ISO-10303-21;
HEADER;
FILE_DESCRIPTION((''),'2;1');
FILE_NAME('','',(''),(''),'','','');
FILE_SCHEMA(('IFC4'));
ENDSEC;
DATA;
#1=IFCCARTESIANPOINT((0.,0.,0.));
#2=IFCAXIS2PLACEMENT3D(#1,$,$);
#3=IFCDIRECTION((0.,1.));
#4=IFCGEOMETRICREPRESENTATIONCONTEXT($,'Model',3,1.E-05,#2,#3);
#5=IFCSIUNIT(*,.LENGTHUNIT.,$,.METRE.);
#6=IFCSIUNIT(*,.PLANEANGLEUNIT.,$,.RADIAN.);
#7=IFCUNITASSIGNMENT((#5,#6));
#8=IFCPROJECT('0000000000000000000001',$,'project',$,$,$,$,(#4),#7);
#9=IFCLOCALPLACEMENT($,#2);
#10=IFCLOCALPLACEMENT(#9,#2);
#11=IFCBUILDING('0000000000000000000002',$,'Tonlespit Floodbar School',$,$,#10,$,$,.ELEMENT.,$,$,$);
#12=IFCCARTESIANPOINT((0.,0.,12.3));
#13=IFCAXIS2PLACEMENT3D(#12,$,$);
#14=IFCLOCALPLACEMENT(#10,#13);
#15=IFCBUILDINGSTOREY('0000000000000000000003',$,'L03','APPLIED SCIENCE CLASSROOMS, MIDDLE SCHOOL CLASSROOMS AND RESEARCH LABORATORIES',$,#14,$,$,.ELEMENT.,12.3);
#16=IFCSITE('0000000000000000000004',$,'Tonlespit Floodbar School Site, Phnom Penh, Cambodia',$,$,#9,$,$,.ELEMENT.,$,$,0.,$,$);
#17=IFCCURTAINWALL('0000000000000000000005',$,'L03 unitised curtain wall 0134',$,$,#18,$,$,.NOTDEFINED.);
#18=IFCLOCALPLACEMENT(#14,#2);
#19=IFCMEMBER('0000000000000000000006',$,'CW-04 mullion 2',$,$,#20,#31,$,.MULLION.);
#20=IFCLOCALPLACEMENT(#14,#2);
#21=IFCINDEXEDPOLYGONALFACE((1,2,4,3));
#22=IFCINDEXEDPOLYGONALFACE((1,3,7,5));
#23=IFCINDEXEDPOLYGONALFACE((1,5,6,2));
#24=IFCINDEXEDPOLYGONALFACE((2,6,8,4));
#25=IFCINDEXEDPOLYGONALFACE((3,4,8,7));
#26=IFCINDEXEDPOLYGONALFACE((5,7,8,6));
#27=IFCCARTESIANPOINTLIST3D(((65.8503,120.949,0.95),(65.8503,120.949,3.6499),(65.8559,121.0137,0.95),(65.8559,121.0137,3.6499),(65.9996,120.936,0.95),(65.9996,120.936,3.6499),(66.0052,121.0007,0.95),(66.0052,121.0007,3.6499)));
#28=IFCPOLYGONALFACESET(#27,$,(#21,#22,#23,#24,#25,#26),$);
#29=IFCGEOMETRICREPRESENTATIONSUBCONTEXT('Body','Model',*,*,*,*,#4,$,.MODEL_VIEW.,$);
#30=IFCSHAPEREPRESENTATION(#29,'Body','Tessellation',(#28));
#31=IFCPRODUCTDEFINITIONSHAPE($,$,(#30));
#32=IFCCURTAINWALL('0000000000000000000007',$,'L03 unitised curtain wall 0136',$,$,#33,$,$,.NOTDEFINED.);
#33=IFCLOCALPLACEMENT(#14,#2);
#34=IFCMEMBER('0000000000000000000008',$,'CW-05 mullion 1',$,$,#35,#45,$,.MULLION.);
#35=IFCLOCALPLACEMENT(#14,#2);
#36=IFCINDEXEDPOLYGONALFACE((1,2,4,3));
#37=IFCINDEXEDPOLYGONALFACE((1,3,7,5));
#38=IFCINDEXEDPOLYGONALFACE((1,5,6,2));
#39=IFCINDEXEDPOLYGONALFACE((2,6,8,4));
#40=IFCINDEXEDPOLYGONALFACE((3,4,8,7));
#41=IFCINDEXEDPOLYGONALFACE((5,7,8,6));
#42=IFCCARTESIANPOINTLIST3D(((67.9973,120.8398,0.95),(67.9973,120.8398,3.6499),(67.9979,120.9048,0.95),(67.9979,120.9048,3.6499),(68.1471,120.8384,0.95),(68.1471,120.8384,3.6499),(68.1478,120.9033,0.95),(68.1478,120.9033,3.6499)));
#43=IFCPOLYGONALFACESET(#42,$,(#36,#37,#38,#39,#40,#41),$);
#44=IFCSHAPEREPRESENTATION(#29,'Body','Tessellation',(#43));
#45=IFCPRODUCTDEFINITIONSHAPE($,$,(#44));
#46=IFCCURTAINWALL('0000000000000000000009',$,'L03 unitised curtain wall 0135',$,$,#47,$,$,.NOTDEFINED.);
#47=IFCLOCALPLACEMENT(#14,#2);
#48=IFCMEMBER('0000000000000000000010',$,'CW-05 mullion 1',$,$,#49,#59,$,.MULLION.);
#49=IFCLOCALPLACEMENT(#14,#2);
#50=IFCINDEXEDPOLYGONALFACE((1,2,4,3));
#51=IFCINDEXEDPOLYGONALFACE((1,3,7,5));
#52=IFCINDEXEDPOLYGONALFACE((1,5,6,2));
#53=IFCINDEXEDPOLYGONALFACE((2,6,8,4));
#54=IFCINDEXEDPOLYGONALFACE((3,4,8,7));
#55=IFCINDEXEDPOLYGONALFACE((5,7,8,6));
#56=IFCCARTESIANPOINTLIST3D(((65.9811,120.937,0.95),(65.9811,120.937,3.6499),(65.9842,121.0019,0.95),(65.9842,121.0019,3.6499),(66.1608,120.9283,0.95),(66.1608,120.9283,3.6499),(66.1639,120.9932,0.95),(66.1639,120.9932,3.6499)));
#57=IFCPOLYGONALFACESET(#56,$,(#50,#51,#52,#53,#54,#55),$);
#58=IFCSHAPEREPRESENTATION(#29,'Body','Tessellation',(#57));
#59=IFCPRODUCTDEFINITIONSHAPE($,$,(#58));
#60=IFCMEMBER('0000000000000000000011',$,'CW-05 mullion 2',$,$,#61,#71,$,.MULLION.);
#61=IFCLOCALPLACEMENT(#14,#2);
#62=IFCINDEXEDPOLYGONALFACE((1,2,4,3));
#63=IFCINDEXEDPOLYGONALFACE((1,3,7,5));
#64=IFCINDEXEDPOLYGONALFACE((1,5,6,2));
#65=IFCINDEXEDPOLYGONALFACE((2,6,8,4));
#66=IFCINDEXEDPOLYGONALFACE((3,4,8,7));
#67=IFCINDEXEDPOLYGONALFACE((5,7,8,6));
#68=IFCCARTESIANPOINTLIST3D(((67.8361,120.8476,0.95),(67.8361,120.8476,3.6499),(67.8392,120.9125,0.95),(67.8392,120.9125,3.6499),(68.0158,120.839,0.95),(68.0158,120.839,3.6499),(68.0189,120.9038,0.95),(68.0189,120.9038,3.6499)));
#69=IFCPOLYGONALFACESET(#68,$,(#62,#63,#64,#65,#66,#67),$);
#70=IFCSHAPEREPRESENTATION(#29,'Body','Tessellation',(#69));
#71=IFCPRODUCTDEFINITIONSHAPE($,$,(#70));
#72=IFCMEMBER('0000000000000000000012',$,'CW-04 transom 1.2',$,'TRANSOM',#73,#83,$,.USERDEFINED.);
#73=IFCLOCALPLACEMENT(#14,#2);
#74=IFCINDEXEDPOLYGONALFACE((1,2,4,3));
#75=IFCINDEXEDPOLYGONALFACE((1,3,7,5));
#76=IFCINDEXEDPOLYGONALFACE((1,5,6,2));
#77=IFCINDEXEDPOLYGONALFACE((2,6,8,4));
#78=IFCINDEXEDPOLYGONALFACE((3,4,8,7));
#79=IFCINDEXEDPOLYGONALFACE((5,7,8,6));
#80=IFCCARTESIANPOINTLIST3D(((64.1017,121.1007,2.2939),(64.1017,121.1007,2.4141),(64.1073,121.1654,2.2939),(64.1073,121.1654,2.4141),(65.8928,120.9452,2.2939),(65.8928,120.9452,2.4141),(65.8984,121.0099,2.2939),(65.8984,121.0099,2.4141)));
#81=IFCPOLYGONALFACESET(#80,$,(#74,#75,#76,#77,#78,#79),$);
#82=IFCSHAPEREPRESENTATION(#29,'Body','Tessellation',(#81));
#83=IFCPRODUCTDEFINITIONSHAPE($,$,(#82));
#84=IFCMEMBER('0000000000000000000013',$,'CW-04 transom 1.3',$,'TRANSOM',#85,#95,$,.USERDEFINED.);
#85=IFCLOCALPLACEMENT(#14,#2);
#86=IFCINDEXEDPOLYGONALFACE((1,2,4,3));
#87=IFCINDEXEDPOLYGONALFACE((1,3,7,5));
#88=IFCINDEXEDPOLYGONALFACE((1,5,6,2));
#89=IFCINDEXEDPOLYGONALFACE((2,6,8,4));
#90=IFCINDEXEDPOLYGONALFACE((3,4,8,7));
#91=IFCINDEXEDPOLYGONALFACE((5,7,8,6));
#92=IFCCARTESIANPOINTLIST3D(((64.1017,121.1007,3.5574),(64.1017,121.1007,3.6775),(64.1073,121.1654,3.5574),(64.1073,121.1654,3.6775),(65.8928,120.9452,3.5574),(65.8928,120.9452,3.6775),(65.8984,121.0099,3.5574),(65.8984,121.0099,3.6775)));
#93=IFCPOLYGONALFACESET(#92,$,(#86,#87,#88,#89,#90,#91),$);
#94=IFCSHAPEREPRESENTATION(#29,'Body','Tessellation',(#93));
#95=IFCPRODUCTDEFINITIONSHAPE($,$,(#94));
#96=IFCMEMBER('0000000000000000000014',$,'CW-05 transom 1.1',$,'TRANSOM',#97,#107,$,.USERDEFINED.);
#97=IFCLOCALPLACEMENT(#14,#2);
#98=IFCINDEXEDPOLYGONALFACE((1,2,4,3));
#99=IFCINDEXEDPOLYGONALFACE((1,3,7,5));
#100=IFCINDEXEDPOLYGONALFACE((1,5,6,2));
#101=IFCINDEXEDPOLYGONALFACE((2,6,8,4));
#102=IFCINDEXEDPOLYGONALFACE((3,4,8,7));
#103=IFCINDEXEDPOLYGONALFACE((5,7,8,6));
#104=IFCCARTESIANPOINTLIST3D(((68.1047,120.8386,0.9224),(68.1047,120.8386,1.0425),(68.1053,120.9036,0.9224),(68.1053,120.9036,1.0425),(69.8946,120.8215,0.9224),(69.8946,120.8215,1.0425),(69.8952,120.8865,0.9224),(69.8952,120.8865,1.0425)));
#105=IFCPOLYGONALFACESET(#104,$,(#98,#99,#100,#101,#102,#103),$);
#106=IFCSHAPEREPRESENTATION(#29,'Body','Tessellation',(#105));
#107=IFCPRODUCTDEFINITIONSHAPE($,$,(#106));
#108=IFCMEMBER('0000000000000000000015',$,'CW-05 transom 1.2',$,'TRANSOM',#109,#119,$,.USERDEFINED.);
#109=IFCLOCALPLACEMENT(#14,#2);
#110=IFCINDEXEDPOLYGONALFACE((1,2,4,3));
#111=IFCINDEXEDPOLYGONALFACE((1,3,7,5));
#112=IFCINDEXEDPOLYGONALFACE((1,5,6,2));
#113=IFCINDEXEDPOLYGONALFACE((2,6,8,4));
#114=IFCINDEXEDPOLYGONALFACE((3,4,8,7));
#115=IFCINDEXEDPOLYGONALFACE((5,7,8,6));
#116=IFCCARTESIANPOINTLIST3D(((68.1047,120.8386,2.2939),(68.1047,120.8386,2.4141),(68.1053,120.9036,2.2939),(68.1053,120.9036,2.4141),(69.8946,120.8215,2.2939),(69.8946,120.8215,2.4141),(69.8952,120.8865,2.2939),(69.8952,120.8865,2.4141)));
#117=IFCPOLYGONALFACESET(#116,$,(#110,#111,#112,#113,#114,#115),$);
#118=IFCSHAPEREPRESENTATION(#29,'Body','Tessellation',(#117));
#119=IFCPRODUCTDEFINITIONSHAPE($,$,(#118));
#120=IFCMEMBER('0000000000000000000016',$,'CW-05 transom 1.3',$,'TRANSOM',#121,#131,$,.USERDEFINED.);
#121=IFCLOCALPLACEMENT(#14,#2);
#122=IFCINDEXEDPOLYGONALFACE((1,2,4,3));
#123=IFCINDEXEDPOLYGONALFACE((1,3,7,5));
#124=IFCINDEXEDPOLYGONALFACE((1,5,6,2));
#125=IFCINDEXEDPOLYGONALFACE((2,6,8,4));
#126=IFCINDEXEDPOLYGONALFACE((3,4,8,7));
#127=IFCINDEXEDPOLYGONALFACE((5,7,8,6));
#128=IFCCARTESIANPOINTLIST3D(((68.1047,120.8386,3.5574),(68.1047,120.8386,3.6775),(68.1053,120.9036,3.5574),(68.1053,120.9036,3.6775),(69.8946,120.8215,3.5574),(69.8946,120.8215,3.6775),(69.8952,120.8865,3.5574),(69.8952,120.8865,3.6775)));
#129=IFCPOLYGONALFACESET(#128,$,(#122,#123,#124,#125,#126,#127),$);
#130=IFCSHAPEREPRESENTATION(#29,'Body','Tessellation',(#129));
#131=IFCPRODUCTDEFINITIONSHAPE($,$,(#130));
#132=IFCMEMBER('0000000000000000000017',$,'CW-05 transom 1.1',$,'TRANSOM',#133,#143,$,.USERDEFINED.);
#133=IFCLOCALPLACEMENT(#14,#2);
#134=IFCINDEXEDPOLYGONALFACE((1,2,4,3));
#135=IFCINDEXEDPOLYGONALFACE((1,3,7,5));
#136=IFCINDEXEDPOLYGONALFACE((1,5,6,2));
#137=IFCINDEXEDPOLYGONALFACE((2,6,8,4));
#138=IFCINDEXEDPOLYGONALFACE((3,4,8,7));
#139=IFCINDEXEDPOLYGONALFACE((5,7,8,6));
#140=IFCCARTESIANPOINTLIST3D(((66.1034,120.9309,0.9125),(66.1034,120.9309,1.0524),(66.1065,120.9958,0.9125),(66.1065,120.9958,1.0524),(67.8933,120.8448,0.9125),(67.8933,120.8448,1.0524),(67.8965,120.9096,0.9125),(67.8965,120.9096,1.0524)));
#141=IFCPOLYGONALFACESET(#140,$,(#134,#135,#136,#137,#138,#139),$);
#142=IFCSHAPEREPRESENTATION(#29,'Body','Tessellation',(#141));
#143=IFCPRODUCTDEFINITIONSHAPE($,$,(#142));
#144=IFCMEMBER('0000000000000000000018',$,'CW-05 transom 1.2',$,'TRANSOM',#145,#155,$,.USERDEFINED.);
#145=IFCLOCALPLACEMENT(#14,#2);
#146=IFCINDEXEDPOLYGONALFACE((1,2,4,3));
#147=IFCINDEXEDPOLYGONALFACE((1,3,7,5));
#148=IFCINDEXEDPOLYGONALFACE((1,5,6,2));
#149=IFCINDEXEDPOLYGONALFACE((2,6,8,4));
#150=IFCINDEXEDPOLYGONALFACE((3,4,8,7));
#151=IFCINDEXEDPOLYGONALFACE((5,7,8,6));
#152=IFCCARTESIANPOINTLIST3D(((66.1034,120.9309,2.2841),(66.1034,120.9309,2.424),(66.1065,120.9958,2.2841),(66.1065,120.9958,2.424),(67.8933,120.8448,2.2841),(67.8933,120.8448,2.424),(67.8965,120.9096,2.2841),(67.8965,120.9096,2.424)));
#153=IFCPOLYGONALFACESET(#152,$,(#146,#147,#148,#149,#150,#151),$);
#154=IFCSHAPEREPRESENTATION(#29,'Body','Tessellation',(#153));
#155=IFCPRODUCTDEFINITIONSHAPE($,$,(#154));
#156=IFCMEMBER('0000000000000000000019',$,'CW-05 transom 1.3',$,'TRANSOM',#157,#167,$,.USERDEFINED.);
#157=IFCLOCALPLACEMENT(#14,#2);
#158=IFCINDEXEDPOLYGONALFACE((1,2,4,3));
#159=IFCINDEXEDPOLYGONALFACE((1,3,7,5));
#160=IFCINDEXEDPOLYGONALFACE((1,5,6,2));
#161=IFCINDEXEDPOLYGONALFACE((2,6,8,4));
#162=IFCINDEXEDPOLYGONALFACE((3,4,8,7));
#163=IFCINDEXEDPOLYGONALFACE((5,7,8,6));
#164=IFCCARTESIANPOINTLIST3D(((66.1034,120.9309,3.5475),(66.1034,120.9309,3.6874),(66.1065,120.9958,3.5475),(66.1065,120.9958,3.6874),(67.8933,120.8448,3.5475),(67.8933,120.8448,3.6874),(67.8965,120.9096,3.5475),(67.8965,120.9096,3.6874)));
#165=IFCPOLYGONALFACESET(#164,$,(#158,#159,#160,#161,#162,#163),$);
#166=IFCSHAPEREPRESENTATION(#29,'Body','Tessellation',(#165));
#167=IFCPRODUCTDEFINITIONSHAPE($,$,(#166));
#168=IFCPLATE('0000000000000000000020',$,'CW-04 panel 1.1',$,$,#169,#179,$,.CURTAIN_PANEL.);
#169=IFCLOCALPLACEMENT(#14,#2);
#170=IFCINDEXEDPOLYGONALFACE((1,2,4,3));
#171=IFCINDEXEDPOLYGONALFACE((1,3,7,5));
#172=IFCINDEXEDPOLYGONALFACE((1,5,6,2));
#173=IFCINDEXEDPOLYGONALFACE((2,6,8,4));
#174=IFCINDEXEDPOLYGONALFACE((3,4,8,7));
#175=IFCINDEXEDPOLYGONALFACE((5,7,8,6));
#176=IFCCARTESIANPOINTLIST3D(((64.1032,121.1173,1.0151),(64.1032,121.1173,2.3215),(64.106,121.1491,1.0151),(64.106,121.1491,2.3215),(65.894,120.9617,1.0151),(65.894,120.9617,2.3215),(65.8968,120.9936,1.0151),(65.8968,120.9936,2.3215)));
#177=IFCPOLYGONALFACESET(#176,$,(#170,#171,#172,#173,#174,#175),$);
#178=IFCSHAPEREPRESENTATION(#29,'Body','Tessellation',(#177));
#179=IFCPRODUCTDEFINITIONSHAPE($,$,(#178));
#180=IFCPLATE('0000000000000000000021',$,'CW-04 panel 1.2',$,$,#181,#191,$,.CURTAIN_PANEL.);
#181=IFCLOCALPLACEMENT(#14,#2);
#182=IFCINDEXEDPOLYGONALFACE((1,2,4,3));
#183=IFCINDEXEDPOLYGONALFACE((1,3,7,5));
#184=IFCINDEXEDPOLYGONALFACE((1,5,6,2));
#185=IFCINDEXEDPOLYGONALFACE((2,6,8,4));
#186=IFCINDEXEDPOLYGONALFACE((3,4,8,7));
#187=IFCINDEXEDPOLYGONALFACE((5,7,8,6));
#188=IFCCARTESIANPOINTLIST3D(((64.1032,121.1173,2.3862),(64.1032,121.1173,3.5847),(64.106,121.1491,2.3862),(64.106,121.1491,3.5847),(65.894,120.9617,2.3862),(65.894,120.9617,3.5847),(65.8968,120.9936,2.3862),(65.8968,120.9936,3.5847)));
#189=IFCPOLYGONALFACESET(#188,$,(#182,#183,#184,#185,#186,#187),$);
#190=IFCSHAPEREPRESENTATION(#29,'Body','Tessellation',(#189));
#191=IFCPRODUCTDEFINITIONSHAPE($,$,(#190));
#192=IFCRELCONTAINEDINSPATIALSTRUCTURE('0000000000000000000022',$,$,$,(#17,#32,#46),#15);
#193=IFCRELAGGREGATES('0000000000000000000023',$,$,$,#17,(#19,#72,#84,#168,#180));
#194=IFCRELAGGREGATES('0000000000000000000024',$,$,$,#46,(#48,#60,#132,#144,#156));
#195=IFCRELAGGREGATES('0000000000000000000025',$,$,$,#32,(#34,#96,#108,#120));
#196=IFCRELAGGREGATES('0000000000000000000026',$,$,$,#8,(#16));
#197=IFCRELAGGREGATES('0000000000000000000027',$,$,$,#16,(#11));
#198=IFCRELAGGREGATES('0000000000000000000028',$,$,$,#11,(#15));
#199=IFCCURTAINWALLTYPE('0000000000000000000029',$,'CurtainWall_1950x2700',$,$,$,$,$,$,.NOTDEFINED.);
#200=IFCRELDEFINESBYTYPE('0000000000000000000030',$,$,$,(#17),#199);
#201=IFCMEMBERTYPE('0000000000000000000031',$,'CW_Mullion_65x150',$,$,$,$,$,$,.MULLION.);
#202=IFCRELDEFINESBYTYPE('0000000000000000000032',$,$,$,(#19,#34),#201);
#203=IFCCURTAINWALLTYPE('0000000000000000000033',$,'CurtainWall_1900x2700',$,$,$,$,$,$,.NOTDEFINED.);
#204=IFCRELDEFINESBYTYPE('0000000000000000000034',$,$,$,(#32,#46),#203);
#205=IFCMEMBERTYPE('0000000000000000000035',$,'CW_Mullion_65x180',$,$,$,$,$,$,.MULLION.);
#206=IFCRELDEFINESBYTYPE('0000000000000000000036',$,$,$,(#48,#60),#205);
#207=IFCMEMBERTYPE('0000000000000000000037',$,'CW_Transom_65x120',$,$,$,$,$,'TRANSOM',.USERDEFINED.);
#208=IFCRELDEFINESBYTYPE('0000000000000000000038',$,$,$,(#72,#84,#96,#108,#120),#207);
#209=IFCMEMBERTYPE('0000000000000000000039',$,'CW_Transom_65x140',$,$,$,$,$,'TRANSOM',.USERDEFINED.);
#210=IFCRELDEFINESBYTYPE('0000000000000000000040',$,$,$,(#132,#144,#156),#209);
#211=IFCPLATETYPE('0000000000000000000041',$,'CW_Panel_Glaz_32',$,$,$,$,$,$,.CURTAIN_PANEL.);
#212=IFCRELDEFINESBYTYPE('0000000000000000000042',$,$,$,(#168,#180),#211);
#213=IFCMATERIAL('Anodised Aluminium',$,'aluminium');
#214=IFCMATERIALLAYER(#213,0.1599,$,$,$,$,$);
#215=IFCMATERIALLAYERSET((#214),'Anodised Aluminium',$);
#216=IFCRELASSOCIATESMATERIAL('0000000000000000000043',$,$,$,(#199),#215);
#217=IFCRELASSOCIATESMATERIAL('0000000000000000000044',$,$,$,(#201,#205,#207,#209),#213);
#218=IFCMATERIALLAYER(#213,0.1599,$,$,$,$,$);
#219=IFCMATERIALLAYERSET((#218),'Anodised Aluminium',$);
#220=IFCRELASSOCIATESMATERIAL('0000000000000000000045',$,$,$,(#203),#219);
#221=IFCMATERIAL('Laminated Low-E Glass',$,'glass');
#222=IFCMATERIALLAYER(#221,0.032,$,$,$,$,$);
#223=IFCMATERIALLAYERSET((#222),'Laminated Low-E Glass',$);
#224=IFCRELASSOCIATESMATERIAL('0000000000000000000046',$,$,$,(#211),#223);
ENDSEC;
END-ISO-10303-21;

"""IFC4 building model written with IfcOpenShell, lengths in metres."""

from ifc_helpers import new_model, si_unit, direction, frame, origin, origin_2d, place, context, subcontext, project, spatial, rectangle, extrude, material, layer, layer_set, material_profile, profile_set, type_object, element, aggregate, save


model = new_model("IFC4")

# Units and contexts
model_context = context("Model", 3, precision=1e-05, world=origin(), true_north=direction((0.0, 1.0)))
body_context = subcontext(model_context, "Body", "Model", "MODEL_VIEW")
ifc_project = project(units=[si_unit("LENGTHUNIT", "METRE"), si_unit("PLANEANGLEUNIT", "RADIAN")], contexts=[model_context])

# Site, building, storey
site_placement = place(None, origin())
site = spatial("IfcSite", under=ifc_project, at=site_placement, Name="Tonlespit Floodbar School Site, Phnom Penh, Cambodia", CompositionType="ELEMENT", RefElevation=0.0)
building_placement = place(site_placement, origin())
building = spatial("IfcBuilding", under=site, at=building_placement, Name="Tonlespit Floodbar School", CompositionType="ELEMENT")
storey_placement = place(building_placement, frame((0.0, 0.0, 12.3)))
storey = spatial("IfcBuildingStorey", under=building, at=storey_placement, Name="L03", Description="APPLIED SCIENCE CLASSROOMS, MIDDLE SCHOOL CLASSROOMS AND RESEARCH LABORATORIES", CompositionType="ELEMENT", Elevation=12.3)

# Curtain walls, members
ifc_material_1 = material(Name="Anodised Aluminium", Category="aluminium")
ifc_layer_1 = layer(ifc_material_1, 0.1599)
ifc_layer_set_1 = layer_set([ifc_layer_1], Name="Anodised Aluminium")
curtain_wall_type_1 = type_object("IfcCurtainWallType", Name="CurtainWall_1950x2700", PredefinedType="NOTDEFINED", material=ifc_layer_set_1)
curtain_wall_1_placement = place(storey_placement, origin())
curtain_wall_1 = element("IfcCurtainWall", 1, at=curtain_wall_1_placement, inside=storey, type_object=curtain_wall_type_1, Name="L03 unitised curtain wall 0134", PredefinedType="NOTDEFINED")
ifc_material_profile_1 = material_profile(ifc_material_1, rectangle(XDim=0.0649, YDim=0.1499, at=origin_2d()), Name="ALU M65x150")
ifc_profile_set_1 = profile_set([ifc_material_profile_1], Name="Anodised Aluminium")
member_type_1 = type_object("IfcMemberType", Name="CW_Mullion_65x150", PredefinedType="MULLION", material=ifc_profile_set_1)
member_1_placement = place(storey_placement, frame((65.9277, 120.9749, 0.95), z_axis=(0.0, 0.0, 1.0), x_axis=(0.086531, 0.996249, 0.0)))
member_1 = element("IfcMember", 2, at=member_1_placement, type_object=member_type_1, Name="CW-04 mullion 2", PredefinedType="MULLION", context=body_context, shape_type="SweptSolid", body=[
    extrude(rectangle(XDim=0.0649, YDim=0.1499, at=origin_2d()), origin(), (0.0, 0.0, 1.0), 2.7),
])
ifc_layer_2 = layer(ifc_material_1, 0.1599)
ifc_layer_set_2 = layer_set([ifc_layer_2], Name="Anodised Aluminium")
curtain_wall_type_2 = type_object("IfcCurtainWallType", Name="CurtainWall_1900x2700", PredefinedType="NOTDEFINED", material=ifc_layer_set_2)
curtain_wall_2_placement = place(storey_placement, origin())
curtain_wall_2 = element("IfcCurtainWall", 3, at=curtain_wall_2_placement, inside=storey, type_object=curtain_wall_type_2, Name="L03 unitised curtain wall 0136", PredefinedType="NOTDEFINED")
member_2_placement = place(storey_placement, frame((68.0725, 120.8716, 0.95), z_axis=(0.0, 0.0, 1.0), x_axis=(0.009583, 0.999954, 0.0)))
member_2 = element("IfcMember", 4, at=member_2_placement, type_object=member_type_1, Name="CW-05 mullion 1", PredefinedType="MULLION", context=body_context, shape_type="SweptSolid", body=[
    extrude(rectangle(XDim=0.0649, YDim=0.1499, at=origin_2d()), origin(), (0.0, 0.0, 1.0), 2.7),
])

# Curtain wall, members
curtain_wall_3_placement = place(storey_placement, origin())
curtain_wall_3 = element("IfcCurtainWall", 5, at=curtain_wall_3_placement, inside=storey, type_object=curtain_wall_type_2, Name="L03 unitised curtain wall 0135", PredefinedType="NOTDEFINED")
ifc_material_profile_2 = material_profile(ifc_material_1, rectangle(XDim=0.0649, YDim=0.1799, at=origin_2d()), Name="ALU M65x180")
ifc_profile_set_2 = profile_set([ifc_material_profile_2], Name="Anodised Aluminium")
member_type_2 = type_object("IfcMemberType", Name="CW_Mullion_65x180", PredefinedType="MULLION", material=ifc_profile_set_2)
member_3_placement = place(storey_placement, frame((66.0725, 120.9651, 0.95), z_axis=(0.0, 0.0, 1.0), x_axis=(0.048121, 0.998842, 0.0)))
member_3 = element("IfcMember", 6, at=member_3_placement, type_object=member_type_2, Name="CW-05 mullion 1", PredefinedType="MULLION", context=body_context, shape_type="SweptSolid", body=[
    extrude(rectangle(XDim=0.0649, YDim=0.1799, at=origin_2d()), origin(), (0.0, 0.0, 1.0), 2.7),
])
member_4_placement = place(storey_placement, frame((67.9275, 120.8757, 0.95), z_axis=(0.0, 0.0, 1.0), x_axis=(0.048121, 0.998842, 0.0)))
member_4 = element("IfcMember", 7, at=member_4_placement, type_object=member_type_2, Name="CW-05 mullion 2", PredefinedType="MULLION", context=body_context, shape_type="SweptSolid", body=[
    extrude(rectangle(XDim=0.0649, YDim=0.1799, at=origin_2d()), origin(), (0.0, 0.0, 1.0), 2.7),
])

# Members
ifc_material_profile_3 = material_profile(ifc_material_1, rectangle(XDim=0.0649, YDim=0.1201, at=origin_2d()), Name="ALU T65x120")
ifc_profile_set_3 = profile_set([ifc_material_profile_3], Name="Anodised Aluminium")
member_type_3 = type_object("IfcMemberType", Name="CW_Transom_65x120", ElementType="TRANSOM", PredefinedType="USERDEFINED", material=ifc_profile_set_3)
member_5_placement = place(storey_placement, frame((64.1045, 121.1331, 2.354), z_axis=(0.996251, -0.086507, 0.0), x_axis=(0.086507, 0.996251, 0.0)))
member_5 = element("IfcMember", 8, at=member_5_placement, type_object=member_type_3, Name="CW-04 transom 1.2", ObjectType="TRANSOM", PredefinedType="USERDEFINED", context=body_context, shape_type="SweptSolid", body=[
    extrude(rectangle(XDim=0.0649, YDim=0.1201, at=origin_2d()), origin(), (0.0, 0.0, 1.0), 1.7979),
])
member_6_placement = place(storey_placement, frame((64.1045, 121.1331, 3.6174), z_axis=(0.996251, -0.086507, 0.0), x_axis=(0.086507, 0.996251, 0.0)))
member_6 = element("IfcMember", 9, at=member_6_placement, type_object=member_type_3, Name="CW-04 transom 1.3", ObjectType="TRANSOM", PredefinedType="USERDEFINED", context=body_context, shape_type="SweptSolid", body=[
    extrude(rectangle(XDim=0.0649, YDim=0.1201, at=origin_2d()), origin(), (0.0, 0.0, 1.0), 1.7979),
])
member_7_placement = place(storey_placement, frame((68.105, 120.8711, 0.9824), z_axis=(0.999954, -0.009547, 0.0), x_axis=(0.009547, 0.999954, 0.0)))
member_7 = element("IfcMember", 10, at=member_7_placement, type_object=member_type_3, Name="CW-05 transom 1.1", ObjectType="TRANSOM", PredefinedType="USERDEFINED", context=body_context, shape_type="SweptSolid", body=[
    extrude(rectangle(XDim=0.0649, YDim=0.1201, at=origin_2d()), origin(), (0.0, 0.0, 1.0), 1.79),
])
member_8_placement = place(storey_placement, frame((68.105, 120.8711, 2.354), z_axis=(0.999954, -0.009547, 0.0), x_axis=(0.009547, 0.999954, 0.0)))
member_8 = element("IfcMember", 11, at=member_8_placement, type_object=member_type_3, Name="CW-05 transom 1.2", ObjectType="TRANSOM", PredefinedType="USERDEFINED", context=body_context, shape_type="SweptSolid", body=[
    extrude(rectangle(XDim=0.0649, YDim=0.1201, at=origin_2d()), origin(), (0.0, 0.0, 1.0), 1.79),
])
member_9_placement = place(storey_placement, frame((68.105, 120.8711, 3.6174), z_axis=(0.999954, -0.009547, 0.0), x_axis=(0.009547, 0.999954, 0.0)))
member_9 = element("IfcMember", 12, at=member_9_placement, type_object=member_type_3, Name="CW-05 transom 1.3", ObjectType="TRANSOM", PredefinedType="USERDEFINED", context=body_context, shape_type="SweptSolid", body=[
    extrude(rectangle(XDim=0.0649, YDim=0.1201, at=origin_2d()), origin(), (0.0, 0.0, 1.0), 1.79),
])
ifc_material_profile_4 = material_profile(ifc_material_1, rectangle(XDim=0.0649, YDim=0.1399, at=origin_2d()), Name="ALU T65x140")
ifc_profile_set_4 = profile_set([ifc_material_profile_4], Name="Anodised Aluminium")
member_type_4 = type_object("IfcMemberType", Name="CW_Transom_65x140", ElementType="TRANSOM", PredefinedType="USERDEFINED", material=ifc_profile_set_4)
member_10_placement = place(storey_placement, frame((66.105, 120.9634, 0.9824), z_axis=(0.998843, -0.048089, 0.0), x_axis=(0.048089, 0.998843, 0.0)))
member_10 = element("IfcMember", 13, at=member_10_placement, type_object=member_type_4, Name="CW-05 transom 1.1", ObjectType="TRANSOM", PredefinedType="USERDEFINED", context=body_context, shape_type="SweptSolid", body=[
    extrude(rectangle(XDim=0.0649, YDim=0.1399, at=origin_2d()), origin(), (0.0, 0.0, 1.0), 1.792),
])
member_11_placement = place(storey_placement, frame((66.105, 120.9634, 2.354), z_axis=(0.998843, -0.048089, 0.0), x_axis=(0.048089, 0.998843, 0.0)))
member_11 = element("IfcMember", 14, at=member_11_placement, type_object=member_type_4, Name="CW-05 transom 1.2", ObjectType="TRANSOM", PredefinedType="USERDEFINED", context=body_context, shape_type="SweptSolid", body=[
    extrude(rectangle(XDim=0.0649, YDim=0.1399, at=origin_2d()), origin(), (0.0, 0.0, 1.0), 1.792),
])
member_12_placement = place(storey_placement, frame((66.105, 120.9634, 3.6174), z_axis=(0.998843, -0.048089, 0.0), x_axis=(0.048089, 0.998843, 0.0)))
member_12 = element("IfcMember", 15, at=member_12_placement, type_object=member_type_4, Name="CW-05 transom 1.3", ObjectType="TRANSOM", PredefinedType="USERDEFINED", context=body_context, shape_type="SweptSolid", body=[
    extrude(rectangle(XDim=0.0649, YDim=0.1399, at=origin_2d()), origin(), (0.0, 0.0, 1.0), 1.792),
])

# Plates
ifc_material_2 = material(Name="Laminated Low-E Glass", Category="glass")
ifc_layer_3 = layer(ifc_material_2, 0.032)
ifc_layer_set_3 = layer_set([ifc_layer_3], Name="Laminated Low-E Glass")
plate_type_1 = type_object("IfcPlateType", Name="CW_Panel_Glaz_32", PredefinedType="CURTAIN_PANEL", material=ifc_layer_set_3)
plate_1_placement = place(storey_placement, frame((65.0, 121.0554, 1.0151), z_axis=(0.0, 0.0, 1.0), x_axis=(0.996249, -0.086531, 0.0)))
plate_1 = element("IfcPlate", 16, at=plate_1_placement, type_object=plate_type_1, Name="CW-04 panel 1.1", PredefinedType="CURTAIN_PANEL", context=body_context, shape_type="SweptSolid", body=[
    extrude(rectangle(XDim=1.7976, YDim=0.032, at=origin_2d()), origin(), (0.0, 0.0, 1.0), 1.3064),
])
plate_2_placement = place(storey_placement, frame((65.0, 121.0554, 2.3862), z_axis=(0.0, 0.0, 1.0), x_axis=(0.996249, -0.086531, 0.0)))
plate_2 = element("IfcPlate", 17, at=plate_2_placement, type_object=plate_type_1, Name="CW-04 panel 1.2", PredefinedType="CURTAIN_PANEL", context=body_context, shape_type="SweptSolid", body=[
    extrude(rectangle(XDim=1.7976, YDim=0.032, at=origin_2d()), origin(), (0.0, 0.0, 1.0), 1.1985),
])
aggregate(curtain_wall_1, [member_1, member_5, member_6, plate_1, plate_2])
aggregate(curtain_wall_3, [member_3, member_4, member_10, member_11, member_12])
aggregate(curtain_wall_2, [member_2, member_7, member_8, member_9])

save(model, "model.ifc")
